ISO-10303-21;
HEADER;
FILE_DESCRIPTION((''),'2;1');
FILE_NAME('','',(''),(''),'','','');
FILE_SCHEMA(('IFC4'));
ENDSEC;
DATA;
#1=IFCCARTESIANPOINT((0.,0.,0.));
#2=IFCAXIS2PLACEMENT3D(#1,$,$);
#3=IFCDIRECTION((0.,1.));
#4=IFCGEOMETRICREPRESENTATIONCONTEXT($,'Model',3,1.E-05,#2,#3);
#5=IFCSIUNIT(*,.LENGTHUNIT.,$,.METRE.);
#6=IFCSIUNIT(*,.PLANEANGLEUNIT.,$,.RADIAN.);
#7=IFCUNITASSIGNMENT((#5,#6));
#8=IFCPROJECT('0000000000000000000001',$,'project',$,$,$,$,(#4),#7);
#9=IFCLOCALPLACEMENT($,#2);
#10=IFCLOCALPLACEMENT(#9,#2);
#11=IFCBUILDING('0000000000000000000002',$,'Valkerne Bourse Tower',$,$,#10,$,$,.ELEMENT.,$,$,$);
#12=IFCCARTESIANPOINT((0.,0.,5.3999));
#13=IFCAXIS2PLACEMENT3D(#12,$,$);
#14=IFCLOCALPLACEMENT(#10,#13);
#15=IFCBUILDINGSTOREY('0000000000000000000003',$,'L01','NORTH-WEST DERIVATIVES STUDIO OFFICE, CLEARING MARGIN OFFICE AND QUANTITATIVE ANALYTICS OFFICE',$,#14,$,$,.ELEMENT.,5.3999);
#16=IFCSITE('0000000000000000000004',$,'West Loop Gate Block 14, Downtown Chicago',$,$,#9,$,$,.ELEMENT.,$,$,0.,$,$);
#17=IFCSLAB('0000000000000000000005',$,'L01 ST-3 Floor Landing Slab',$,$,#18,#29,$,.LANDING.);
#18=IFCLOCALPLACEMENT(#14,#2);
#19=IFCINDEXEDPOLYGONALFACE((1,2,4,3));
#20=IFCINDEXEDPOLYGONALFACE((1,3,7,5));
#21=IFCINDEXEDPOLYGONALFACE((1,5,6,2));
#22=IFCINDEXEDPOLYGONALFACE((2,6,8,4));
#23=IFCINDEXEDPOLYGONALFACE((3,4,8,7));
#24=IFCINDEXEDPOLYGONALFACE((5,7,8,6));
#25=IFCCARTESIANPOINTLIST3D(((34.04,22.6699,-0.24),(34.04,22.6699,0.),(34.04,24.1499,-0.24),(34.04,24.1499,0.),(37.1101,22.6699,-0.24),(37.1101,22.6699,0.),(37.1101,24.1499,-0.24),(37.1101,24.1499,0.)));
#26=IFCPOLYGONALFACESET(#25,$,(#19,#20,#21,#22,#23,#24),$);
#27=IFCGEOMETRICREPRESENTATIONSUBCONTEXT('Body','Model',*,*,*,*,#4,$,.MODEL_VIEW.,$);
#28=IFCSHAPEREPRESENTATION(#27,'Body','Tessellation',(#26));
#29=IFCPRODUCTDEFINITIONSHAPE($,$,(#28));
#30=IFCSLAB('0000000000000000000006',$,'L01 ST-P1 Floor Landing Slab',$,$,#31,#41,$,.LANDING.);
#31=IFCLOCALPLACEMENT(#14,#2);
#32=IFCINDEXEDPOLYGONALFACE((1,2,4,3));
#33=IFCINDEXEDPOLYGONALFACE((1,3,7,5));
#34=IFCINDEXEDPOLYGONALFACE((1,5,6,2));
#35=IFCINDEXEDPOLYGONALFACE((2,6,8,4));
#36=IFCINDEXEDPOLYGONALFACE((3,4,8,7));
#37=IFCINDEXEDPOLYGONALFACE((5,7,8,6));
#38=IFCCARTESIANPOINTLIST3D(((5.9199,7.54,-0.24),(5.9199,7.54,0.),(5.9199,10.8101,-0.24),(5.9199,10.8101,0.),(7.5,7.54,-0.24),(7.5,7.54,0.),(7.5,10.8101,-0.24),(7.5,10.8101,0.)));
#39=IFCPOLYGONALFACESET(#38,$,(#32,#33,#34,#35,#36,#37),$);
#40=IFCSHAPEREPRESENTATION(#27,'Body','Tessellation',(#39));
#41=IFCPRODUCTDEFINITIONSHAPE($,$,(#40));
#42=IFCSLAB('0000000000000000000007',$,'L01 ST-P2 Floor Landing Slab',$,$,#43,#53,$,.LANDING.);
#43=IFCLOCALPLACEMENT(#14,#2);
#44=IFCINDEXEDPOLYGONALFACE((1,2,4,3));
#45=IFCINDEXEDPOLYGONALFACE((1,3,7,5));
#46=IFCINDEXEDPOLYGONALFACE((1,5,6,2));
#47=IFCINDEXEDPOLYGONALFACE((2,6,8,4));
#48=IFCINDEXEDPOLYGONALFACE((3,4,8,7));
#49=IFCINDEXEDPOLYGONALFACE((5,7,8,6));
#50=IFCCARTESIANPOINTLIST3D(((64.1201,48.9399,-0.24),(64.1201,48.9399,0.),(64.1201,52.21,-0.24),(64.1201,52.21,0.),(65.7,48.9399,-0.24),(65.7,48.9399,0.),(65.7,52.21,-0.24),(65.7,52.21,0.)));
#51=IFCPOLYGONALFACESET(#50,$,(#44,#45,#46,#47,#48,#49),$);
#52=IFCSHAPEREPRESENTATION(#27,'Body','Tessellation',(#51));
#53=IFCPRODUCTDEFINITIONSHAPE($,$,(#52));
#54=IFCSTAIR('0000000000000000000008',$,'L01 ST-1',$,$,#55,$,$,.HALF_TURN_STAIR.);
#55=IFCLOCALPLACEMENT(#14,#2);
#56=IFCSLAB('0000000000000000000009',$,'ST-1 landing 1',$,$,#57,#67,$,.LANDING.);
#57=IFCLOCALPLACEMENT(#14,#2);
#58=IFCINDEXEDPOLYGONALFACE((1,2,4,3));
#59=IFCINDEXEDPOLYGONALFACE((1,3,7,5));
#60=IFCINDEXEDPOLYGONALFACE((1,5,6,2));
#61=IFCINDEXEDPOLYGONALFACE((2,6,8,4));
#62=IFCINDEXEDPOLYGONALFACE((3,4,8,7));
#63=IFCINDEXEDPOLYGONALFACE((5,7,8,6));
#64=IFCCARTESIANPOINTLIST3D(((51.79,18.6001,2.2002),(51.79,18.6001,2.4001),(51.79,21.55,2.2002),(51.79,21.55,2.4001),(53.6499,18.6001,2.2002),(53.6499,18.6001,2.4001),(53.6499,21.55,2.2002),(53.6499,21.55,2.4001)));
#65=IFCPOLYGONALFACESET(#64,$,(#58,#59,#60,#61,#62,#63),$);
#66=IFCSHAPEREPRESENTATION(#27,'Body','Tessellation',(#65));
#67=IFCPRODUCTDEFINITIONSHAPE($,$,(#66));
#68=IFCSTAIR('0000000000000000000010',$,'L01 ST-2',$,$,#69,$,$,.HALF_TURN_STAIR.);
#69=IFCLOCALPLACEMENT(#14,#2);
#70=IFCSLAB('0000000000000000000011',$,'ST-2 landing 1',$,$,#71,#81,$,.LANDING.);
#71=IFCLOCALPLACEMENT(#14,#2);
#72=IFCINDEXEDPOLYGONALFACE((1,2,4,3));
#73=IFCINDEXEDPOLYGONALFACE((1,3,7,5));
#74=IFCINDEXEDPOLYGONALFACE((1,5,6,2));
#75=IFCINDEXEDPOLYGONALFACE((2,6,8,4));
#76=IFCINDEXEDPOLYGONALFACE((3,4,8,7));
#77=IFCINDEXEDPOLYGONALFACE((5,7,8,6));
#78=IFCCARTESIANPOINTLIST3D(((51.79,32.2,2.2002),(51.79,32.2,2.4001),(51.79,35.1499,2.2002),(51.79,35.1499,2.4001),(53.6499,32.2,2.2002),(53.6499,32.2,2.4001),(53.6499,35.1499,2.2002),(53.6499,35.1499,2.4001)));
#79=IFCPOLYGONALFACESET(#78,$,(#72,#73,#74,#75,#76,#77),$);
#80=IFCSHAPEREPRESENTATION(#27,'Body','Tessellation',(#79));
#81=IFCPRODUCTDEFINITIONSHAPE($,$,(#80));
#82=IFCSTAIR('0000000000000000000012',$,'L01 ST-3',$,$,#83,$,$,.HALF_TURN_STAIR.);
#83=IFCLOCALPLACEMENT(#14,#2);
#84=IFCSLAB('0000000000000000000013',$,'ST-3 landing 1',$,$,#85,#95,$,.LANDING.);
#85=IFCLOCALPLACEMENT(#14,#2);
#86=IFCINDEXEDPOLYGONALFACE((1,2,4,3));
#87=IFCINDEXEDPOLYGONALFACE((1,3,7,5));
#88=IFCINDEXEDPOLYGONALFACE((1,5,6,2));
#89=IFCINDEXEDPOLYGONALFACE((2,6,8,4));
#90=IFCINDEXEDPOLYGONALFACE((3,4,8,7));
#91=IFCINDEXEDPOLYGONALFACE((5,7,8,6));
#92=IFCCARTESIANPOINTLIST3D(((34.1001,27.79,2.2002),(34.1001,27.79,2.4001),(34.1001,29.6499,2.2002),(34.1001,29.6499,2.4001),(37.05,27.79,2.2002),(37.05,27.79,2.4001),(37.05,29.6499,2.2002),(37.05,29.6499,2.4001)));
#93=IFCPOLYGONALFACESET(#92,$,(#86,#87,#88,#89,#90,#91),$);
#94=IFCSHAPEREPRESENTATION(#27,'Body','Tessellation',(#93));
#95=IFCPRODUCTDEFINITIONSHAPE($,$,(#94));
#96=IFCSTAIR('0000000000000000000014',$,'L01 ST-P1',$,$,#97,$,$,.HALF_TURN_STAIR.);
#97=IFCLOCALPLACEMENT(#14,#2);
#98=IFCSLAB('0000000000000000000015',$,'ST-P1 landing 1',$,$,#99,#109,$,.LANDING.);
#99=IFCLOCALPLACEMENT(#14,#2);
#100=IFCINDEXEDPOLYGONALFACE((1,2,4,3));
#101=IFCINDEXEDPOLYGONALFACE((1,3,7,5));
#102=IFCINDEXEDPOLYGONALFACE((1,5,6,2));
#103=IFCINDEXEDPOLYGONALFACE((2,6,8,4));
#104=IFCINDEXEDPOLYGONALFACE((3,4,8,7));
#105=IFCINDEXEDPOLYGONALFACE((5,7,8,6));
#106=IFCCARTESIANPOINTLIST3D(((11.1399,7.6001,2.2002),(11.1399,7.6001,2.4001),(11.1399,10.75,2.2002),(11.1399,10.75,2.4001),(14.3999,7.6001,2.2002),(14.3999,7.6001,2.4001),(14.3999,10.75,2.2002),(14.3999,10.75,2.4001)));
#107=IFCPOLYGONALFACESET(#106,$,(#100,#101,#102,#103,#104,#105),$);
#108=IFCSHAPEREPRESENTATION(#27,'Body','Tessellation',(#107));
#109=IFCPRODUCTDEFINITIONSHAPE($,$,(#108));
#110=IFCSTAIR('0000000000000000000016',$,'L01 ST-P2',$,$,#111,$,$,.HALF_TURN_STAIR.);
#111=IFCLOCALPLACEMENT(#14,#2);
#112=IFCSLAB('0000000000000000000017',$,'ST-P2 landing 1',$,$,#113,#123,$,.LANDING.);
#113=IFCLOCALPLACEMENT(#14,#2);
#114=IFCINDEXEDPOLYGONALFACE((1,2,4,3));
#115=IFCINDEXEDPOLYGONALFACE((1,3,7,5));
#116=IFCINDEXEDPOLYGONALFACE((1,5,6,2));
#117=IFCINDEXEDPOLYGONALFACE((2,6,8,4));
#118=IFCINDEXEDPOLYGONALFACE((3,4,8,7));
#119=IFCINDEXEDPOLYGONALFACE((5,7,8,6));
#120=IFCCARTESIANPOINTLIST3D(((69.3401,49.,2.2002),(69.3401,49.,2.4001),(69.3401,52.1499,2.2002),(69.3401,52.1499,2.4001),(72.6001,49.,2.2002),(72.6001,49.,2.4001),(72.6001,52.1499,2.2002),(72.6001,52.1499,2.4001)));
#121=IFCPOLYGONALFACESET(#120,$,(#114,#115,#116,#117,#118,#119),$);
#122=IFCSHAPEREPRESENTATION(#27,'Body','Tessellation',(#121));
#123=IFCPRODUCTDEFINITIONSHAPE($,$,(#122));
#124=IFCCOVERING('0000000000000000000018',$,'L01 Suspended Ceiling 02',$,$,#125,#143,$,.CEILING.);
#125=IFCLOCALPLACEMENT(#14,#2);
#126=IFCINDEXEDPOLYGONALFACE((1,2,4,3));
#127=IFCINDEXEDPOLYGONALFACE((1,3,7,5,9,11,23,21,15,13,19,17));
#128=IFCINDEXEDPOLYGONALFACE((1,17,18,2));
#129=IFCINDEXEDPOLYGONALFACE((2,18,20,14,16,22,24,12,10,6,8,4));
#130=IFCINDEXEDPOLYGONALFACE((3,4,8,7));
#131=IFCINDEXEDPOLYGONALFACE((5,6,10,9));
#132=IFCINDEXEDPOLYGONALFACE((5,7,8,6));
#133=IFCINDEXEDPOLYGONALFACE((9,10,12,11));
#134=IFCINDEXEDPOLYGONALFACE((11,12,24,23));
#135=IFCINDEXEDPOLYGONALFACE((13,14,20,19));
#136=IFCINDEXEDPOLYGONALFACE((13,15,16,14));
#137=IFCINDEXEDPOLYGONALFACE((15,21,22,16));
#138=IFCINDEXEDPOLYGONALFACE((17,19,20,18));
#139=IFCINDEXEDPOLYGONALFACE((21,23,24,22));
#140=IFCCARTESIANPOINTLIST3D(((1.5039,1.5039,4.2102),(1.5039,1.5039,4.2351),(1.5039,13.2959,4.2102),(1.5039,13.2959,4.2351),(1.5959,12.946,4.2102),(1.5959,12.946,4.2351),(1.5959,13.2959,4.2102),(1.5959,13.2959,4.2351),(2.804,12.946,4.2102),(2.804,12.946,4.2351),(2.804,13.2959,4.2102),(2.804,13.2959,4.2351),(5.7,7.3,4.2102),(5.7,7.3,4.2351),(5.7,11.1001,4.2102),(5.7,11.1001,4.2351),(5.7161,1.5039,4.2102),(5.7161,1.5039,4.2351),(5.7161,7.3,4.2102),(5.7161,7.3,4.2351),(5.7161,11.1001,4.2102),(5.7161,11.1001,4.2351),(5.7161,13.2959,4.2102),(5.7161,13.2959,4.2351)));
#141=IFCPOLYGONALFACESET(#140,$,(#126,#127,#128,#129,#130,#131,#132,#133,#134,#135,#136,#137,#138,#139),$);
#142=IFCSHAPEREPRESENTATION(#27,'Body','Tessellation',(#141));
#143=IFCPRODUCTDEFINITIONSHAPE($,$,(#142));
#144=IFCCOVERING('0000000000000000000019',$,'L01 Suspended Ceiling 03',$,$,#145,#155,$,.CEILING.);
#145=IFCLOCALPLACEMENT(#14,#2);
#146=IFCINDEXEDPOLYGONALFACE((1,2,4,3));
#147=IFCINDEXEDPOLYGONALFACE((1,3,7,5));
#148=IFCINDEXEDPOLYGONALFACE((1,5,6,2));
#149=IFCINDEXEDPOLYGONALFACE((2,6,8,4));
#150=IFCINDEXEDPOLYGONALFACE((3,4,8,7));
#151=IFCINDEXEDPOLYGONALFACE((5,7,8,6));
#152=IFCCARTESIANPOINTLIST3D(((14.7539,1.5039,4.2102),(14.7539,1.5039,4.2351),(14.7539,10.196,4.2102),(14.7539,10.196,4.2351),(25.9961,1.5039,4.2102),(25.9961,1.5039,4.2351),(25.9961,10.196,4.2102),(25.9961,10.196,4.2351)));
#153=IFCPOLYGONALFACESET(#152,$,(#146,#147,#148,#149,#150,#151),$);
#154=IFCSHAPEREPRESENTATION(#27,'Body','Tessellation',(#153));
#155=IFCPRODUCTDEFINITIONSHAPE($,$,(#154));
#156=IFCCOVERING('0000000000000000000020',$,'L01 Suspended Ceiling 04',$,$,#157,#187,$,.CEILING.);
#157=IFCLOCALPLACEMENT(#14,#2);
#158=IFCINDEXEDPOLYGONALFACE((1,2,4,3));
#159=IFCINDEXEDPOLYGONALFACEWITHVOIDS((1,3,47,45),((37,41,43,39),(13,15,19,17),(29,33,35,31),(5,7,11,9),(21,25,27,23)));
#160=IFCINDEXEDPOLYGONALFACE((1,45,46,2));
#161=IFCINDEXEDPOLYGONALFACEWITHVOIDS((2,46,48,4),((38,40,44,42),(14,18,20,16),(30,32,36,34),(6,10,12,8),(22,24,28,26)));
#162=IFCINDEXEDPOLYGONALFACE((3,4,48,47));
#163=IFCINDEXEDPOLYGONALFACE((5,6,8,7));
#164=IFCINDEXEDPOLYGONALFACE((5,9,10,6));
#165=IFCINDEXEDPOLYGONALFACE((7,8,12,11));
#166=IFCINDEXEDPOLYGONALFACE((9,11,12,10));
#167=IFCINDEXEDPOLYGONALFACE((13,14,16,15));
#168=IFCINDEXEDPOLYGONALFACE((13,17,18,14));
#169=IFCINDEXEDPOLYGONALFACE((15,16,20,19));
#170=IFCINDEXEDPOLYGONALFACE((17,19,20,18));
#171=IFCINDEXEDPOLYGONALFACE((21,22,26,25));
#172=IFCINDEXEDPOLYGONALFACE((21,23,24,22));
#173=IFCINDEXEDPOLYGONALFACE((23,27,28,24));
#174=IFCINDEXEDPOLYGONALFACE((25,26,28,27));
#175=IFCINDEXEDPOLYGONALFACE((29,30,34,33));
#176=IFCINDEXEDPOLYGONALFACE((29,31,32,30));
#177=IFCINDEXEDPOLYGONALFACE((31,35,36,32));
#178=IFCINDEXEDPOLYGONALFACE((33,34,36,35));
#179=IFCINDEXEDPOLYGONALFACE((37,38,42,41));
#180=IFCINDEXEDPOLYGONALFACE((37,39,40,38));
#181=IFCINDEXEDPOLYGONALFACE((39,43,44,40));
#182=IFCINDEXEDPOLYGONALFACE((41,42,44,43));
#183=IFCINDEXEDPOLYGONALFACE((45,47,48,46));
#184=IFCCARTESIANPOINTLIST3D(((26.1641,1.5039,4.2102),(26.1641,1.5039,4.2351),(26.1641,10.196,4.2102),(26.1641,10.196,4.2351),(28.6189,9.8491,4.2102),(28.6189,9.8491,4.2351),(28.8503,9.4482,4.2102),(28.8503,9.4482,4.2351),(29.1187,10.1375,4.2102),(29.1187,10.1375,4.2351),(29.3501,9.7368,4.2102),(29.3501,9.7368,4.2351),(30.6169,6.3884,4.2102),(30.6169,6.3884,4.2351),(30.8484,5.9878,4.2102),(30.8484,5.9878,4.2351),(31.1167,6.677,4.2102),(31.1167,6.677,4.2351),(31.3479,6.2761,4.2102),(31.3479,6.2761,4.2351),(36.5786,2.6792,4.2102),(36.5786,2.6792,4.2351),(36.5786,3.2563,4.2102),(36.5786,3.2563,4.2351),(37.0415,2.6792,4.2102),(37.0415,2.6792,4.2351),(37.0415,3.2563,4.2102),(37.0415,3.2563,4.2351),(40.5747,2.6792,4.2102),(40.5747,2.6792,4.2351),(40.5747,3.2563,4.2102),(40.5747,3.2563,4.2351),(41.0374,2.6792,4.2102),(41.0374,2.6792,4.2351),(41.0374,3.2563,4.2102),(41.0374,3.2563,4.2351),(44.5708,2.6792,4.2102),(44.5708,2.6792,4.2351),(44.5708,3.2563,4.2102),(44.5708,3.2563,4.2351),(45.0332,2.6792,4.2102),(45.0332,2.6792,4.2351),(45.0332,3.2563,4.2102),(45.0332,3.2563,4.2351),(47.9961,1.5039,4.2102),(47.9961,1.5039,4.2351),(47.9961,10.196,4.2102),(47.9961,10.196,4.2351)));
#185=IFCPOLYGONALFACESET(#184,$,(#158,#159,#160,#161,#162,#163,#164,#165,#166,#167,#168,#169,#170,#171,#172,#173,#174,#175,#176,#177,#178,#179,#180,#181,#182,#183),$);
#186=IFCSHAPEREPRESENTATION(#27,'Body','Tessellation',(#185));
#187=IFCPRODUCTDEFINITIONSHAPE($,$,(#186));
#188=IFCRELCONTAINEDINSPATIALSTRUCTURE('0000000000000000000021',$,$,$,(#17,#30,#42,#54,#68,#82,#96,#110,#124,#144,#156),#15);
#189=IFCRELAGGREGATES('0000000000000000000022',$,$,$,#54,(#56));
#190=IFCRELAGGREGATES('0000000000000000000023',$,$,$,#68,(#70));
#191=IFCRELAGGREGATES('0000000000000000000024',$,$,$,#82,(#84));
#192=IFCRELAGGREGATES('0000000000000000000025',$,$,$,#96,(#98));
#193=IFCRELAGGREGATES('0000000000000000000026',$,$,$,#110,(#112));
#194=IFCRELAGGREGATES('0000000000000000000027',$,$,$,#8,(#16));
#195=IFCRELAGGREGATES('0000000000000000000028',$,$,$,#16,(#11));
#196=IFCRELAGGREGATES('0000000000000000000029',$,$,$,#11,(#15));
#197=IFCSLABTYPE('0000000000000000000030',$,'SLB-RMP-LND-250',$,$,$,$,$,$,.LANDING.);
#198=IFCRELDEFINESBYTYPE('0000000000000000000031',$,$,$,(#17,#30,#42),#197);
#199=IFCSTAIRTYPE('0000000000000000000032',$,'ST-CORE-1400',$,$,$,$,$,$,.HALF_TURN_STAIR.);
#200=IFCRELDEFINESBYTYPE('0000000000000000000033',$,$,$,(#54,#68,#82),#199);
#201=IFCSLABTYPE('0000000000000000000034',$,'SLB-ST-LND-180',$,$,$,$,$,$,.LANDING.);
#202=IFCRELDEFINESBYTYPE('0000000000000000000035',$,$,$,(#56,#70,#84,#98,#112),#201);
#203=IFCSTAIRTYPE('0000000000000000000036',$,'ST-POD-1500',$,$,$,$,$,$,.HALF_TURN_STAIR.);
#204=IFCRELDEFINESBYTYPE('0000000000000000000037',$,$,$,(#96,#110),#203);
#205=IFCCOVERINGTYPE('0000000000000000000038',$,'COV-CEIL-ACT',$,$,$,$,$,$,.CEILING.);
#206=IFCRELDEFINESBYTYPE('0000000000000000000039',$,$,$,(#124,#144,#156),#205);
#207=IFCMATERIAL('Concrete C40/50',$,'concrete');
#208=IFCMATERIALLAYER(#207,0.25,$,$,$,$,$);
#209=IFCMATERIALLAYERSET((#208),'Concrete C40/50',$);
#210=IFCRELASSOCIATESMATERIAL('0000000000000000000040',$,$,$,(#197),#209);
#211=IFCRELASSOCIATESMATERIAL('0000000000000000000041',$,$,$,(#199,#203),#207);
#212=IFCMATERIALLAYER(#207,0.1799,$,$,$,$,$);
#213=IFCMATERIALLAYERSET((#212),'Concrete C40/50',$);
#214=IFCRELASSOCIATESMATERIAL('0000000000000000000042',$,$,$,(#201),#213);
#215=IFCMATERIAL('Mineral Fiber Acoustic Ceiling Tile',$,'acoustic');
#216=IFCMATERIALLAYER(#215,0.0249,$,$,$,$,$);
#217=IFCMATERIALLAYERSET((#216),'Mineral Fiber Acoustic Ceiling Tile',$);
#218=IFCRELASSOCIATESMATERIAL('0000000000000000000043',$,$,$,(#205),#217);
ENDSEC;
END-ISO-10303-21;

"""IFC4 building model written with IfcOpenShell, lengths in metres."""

from ifc_helpers import new_model, si_unit, direction, frame, origin, place, context, subcontext, project, spatial, polyline, outline, extrude, material, layer, layer_set, type_object, element, aggregate, save


model = new_model("IFC4")

# Units and contexts
model_context = context("Model", 3, precision=1e-05, world=origin(), true_north=direction((0.0, 1.0)))
body_context = subcontext(model_context, "Body", "Model", "MODEL_VIEW")
ifc_project = project(units=[si_unit("LENGTHUNIT", "METRE"), si_unit("PLANEANGLEUNIT", "RADIAN")], contexts=[model_context])

# Site, building, storey
site_placement = place(None, origin())
site = spatial("IfcSite", under=ifc_project, at=site_placement, Name="West Loop Gate Block 14, Downtown Chicago", CompositionType="ELEMENT", RefElevation=0.0)
building_placement = place(site_placement, origin())
building = spatial("IfcBuilding", under=site, at=building_placement, Name="Valkerne Bourse Tower", CompositionType="ELEMENT")
storey_placement = place(building_placement, frame((0.0, 0.0, 5.3999)))
storey = spatial("IfcBuildingStorey", under=building, at=storey_placement, Name="L01", Description="NORTH-WEST DERIVATIVES STUDIO OFFICE, CLEARING MARGIN OFFICE AND QUANTITATIVE ANALYTICS OFFICE", CompositionType="ELEMENT", Elevation=5.3999)

# Slabs
ifc_material_1 = material(Name="Concrete C40/50", Category="concrete")
ifc_layer_1 = layer(ifc_material_1, 0.25)
ifc_layer_set_1 = layer_set([ifc_layer_1], Name="Concrete C40/50")
slab_type_1 = type_object("IfcSlabType", Name="SLB-RMP-LND-250", PredefinedType="LANDING", material=ifc_layer_set_1)
slab_1_placement = place(storey_placement, frame((0.0, 0.0, -0.24)))
element("IfcSlab", 1, at=slab_1_placement, inside=storey, type_object=slab_type_1, Name="L01 ST-3 Floor Landing Slab", PredefinedType="LANDING", context=body_context, shape_type="SweptSolid", body=[
    extrude(outline(polyline([(37.1101, 22.6699), (37.1101, 24.1499), (34.04, 24.1499), (34.04, 22.6699), (37.1101, 22.6699)])), origin(), (0.0, 0.0, 1.0), 0.24),
])
slab_2_placement = place(storey_placement, frame((0.0, 0.0, -0.24)))
element("IfcSlab", 2, at=slab_2_placement, inside=storey, type_object=slab_type_1, Name="L01 ST-P1 Floor Landing Slab", PredefinedType="LANDING", context=body_context, shape_type="SweptSolid", body=[
    extrude(outline(polyline([(5.9199, 7.54), (7.5, 7.54), (7.5, 10.8101), (5.9199, 10.8101), (5.9199, 7.54)])), origin(), (0.0, 0.0, 1.0), 0.24),
])
slab_3_placement = place(storey_placement, frame((0.0, 0.0, -0.24)))
element("IfcSlab", 3, at=slab_3_placement, inside=storey, type_object=slab_type_1, Name="L01 ST-P2 Floor Landing Slab", PredefinedType="LANDING", context=body_context, shape_type="SweptSolid", body=[
    extrude(outline(polyline([(64.1201, 48.9399), (65.7, 48.9399), (65.7, 52.21), (64.1201, 52.21), (64.1201, 48.9399)])), origin(), (0.0, 0.0, 1.0), 0.24),
])

# Stairs, slabs
stair_type_1 = type_object("IfcStairType", Name="ST-CORE-1400", PredefinedType="HALF_TURN_STAIR", material=ifc_material_1)
stair_1_placement = place(storey_placement, origin())
stair_1 = element("IfcStair", 4, at=stair_1_placement, inside=storey, type_object=stair_type_1, Name="L01 ST-1", PredefinedType="HALF_TURN_STAIR")
ifc_layer_2 = layer(ifc_material_1, 0.1799)
ifc_layer_set_2 = layer_set([ifc_layer_2], Name="Concrete C40/50")
slab_type_2 = type_object("IfcSlabType", Name="SLB-ST-LND-180", PredefinedType="LANDING", material=ifc_layer_set_2)
slab_4_placement = place(storey_placement, frame((0.0, 0.0, 2.2002)))
slab_4 = element("IfcSlab", 5, at=slab_4_placement, type_object=slab_type_2, Name="ST-1 landing 1", PredefinedType="LANDING", context=body_context, shape_type="SweptSolid", body=[
    extrude(outline(polyline([(51.79, 18.6001), (53.6499, 18.6001), (53.6499, 21.55), (51.79, 21.55), (51.79, 18.6001)])), origin(), (0.0, 0.0, 1.0), 0.2),
])
aggregate(stair_1, [slab_4])
stair_2_placement = place(storey_placement, origin())
stair_2 = element("IfcStair", 6, at=stair_2_placement, inside=storey, type_object=stair_type_1, Name="L01 ST-2", PredefinedType="HALF_TURN_STAIR")
slab_5_placement = place(storey_placement, frame((0.0, 0.0, 2.2002)))
slab_5 = element("IfcSlab", 7, at=slab_5_placement, type_object=slab_type_2, Name="ST-2 landing 1", PredefinedType="LANDING", context=body_context, shape_type="SweptSolid", body=[
    extrude(outline(polyline([(51.79, 32.2), (53.6499, 32.2), (53.6499, 35.1499), (51.79, 35.1499), (51.79, 32.2)])), origin(), (0.0, 0.0, 1.0), 0.2),
])
aggregate(stair_2, [slab_5])
stair_3_placement = place(storey_placement, origin())
stair_3 = element("IfcStair", 8, at=stair_3_placement, inside=storey, type_object=stair_type_1, Name="L01 ST-3", PredefinedType="HALF_TURN_STAIR")
slab_6_placement = place(storey_placement, frame((0.0, 0.0, 2.2002)))
slab_6 = element("IfcSlab", 9, at=slab_6_placement, type_object=slab_type_2, Name="ST-3 landing 1", PredefinedType="LANDING", context=body_context, shape_type="SweptSolid", body=[
    extrude(outline(polyline([(37.05, 27.79), (37.05, 29.6499), (34.1001, 29.6499), (34.1001, 27.79), (37.05, 27.79)])), origin(), (0.0, 0.0, 1.0), 0.2),
])
aggregate(stair_3, [slab_6])
stair_type_2 = type_object("IfcStairType", Name="ST-POD-1500", PredefinedType="HALF_TURN_STAIR", material=ifc_material_1)
stair_4_placement = place(storey_placement, origin())
stair_4 = element("IfcStair", 10, at=stair_4_placement, inside=storey, type_object=stair_type_2, Name="L01 ST-P1", PredefinedType="HALF_TURN_STAIR")
slab_7_placement = place(storey_placement, frame((0.0, 0.0, 2.2002)))
slab_7 = element("IfcSlab", 11, at=slab_7_placement, type_object=slab_type_2, Name="ST-P1 landing 1", PredefinedType="LANDING", context=body_context, shape_type="SweptSolid", body=[
    extrude(outline(polyline([(11.1399, 7.6001), (14.3999, 7.6001), (14.3999, 10.75), (11.1399, 10.75), (11.1399, 7.6001)])), origin(), (0.0, 0.0, 1.0), 0.2),
])
aggregate(stair_4, [slab_7])
stair_5_placement = place(storey_placement, origin())
stair_5 = element("IfcStair", 12, at=stair_5_placement, inside=storey, type_object=stair_type_2, Name="L01 ST-P2", PredefinedType="HALF_TURN_STAIR")
slab_8_placement = place(storey_placement, frame((0.0, 0.0, 2.2002)))
slab_8 = element("IfcSlab", 13, at=slab_8_placement, type_object=slab_type_2, Name="ST-P2 landing 1", PredefinedType="LANDING", context=body_context, shape_type="SweptSolid", body=[
    extrude(outline(polyline([(69.3401, 49.0), (72.6001, 49.0), (72.6001, 52.1499), (69.3401, 52.1499), (69.3401, 49.0)])), origin(), (0.0, 0.0, 1.0), 0.2),
])
aggregate(stair_5, [slab_8])

# Coverings
ifc_material_2 = material(Name="Mineral Fiber Acoustic Ceiling Tile", Category="acoustic")
ifc_layer_3 = layer(ifc_material_2, 0.0249)
ifc_layer_set_3 = layer_set([ifc_layer_3], Name="Mineral Fiber Acoustic Ceiling Tile")
covering_type_1 = type_object("IfcCoveringType", Name="COV-CEIL-ACT", PredefinedType="CEILING", material=ifc_layer_set_3)
covering_1_placement = place(storey_placement, frame((0.0, 0.0, 4.2102)))
element("IfcCovering", 14, at=covering_1_placement, inside=storey, type_object=covering_type_1, Name="L01 Suspended Ceiling 02", PredefinedType="CEILING", context=body_context, shape_type="SweptSolid", body=[
    extrude(outline(polyline([(1.5039, 13.2959), (1.5959, 13.2959), (1.5959, 12.946), (2.804, 12.946), (2.804, 13.2959), (5.7161, 13.2959), (5.7161, 11.1001), (5.7, 11.1001), (5.7, 7.3), (5.7161, 7.3), (5.7161, 1.5039), (1.5039, 1.5039), (1.5039, 13.2959)])), origin(), (0.0, 0.0, 1.0), 0.0249),
])
covering_2_placement = place(storey_placement, frame((0.0, 0.0, 4.2102)))
element("IfcCovering", 15, at=covering_2_placement, inside=storey, type_object=covering_type_1, Name="L01 Suspended Ceiling 03", PredefinedType="CEILING", context=body_context, shape_type="SweptSolid", body=[
    extrude(outline(polyline([(14.7539, 10.196), (25.9961, 10.196), (25.9961, 1.5039), (14.7539, 1.5039), (14.7539, 10.196)])), origin(), (0.0, 0.0, 1.0), 0.0249),
])
covering_3_placement = place(storey_placement, frame((0.0, 0.0, 4.2102)))
element("IfcCovering", 16, at=covering_3_placement, inside=storey, type_object=covering_type_1, Name="L01 Suspended Ceiling 04", PredefinedType="CEILING", context=body_context, shape_type="SweptSolid", body=[
    extrude(outline(polyline([(26.1641, 10.196), (47.9961, 10.196), (47.9961, 1.5039), (26.1641, 1.5039), (26.1641, 10.196)]), holes=[polyline([(28.6189, 9.8491), (28.8503, 9.4482), (29.3501, 9.7368), (29.1187, 10.1375), (28.6189, 9.8491)]), polyline([(37.0415, 3.2563), (36.5786, 3.2563), (36.5786, 2.6792), (37.0415, 2.6792), (37.0415, 3.2563)]), polyline([(45.0332, 3.2563), (44.5708, 3.2563), (44.5708, 2.6792), (45.0332, 2.6792), (45.0332, 3.2563)]), polyline([(40.5747, 3.2563), (40.5747, 2.6792), (41.0374, 2.6792), (41.0374, 3.2563), (40.5747, 3.2563)]), polyline([(31.1167, 6.677), (30.6169, 6.3884), (30.8484, 5.9878), (31.3479, 6.2761), (31.1167, 6.677)])]), origin(), (0.0, 0.0, 1.0), 0.0249),
])

save(model, "model.ifc")
